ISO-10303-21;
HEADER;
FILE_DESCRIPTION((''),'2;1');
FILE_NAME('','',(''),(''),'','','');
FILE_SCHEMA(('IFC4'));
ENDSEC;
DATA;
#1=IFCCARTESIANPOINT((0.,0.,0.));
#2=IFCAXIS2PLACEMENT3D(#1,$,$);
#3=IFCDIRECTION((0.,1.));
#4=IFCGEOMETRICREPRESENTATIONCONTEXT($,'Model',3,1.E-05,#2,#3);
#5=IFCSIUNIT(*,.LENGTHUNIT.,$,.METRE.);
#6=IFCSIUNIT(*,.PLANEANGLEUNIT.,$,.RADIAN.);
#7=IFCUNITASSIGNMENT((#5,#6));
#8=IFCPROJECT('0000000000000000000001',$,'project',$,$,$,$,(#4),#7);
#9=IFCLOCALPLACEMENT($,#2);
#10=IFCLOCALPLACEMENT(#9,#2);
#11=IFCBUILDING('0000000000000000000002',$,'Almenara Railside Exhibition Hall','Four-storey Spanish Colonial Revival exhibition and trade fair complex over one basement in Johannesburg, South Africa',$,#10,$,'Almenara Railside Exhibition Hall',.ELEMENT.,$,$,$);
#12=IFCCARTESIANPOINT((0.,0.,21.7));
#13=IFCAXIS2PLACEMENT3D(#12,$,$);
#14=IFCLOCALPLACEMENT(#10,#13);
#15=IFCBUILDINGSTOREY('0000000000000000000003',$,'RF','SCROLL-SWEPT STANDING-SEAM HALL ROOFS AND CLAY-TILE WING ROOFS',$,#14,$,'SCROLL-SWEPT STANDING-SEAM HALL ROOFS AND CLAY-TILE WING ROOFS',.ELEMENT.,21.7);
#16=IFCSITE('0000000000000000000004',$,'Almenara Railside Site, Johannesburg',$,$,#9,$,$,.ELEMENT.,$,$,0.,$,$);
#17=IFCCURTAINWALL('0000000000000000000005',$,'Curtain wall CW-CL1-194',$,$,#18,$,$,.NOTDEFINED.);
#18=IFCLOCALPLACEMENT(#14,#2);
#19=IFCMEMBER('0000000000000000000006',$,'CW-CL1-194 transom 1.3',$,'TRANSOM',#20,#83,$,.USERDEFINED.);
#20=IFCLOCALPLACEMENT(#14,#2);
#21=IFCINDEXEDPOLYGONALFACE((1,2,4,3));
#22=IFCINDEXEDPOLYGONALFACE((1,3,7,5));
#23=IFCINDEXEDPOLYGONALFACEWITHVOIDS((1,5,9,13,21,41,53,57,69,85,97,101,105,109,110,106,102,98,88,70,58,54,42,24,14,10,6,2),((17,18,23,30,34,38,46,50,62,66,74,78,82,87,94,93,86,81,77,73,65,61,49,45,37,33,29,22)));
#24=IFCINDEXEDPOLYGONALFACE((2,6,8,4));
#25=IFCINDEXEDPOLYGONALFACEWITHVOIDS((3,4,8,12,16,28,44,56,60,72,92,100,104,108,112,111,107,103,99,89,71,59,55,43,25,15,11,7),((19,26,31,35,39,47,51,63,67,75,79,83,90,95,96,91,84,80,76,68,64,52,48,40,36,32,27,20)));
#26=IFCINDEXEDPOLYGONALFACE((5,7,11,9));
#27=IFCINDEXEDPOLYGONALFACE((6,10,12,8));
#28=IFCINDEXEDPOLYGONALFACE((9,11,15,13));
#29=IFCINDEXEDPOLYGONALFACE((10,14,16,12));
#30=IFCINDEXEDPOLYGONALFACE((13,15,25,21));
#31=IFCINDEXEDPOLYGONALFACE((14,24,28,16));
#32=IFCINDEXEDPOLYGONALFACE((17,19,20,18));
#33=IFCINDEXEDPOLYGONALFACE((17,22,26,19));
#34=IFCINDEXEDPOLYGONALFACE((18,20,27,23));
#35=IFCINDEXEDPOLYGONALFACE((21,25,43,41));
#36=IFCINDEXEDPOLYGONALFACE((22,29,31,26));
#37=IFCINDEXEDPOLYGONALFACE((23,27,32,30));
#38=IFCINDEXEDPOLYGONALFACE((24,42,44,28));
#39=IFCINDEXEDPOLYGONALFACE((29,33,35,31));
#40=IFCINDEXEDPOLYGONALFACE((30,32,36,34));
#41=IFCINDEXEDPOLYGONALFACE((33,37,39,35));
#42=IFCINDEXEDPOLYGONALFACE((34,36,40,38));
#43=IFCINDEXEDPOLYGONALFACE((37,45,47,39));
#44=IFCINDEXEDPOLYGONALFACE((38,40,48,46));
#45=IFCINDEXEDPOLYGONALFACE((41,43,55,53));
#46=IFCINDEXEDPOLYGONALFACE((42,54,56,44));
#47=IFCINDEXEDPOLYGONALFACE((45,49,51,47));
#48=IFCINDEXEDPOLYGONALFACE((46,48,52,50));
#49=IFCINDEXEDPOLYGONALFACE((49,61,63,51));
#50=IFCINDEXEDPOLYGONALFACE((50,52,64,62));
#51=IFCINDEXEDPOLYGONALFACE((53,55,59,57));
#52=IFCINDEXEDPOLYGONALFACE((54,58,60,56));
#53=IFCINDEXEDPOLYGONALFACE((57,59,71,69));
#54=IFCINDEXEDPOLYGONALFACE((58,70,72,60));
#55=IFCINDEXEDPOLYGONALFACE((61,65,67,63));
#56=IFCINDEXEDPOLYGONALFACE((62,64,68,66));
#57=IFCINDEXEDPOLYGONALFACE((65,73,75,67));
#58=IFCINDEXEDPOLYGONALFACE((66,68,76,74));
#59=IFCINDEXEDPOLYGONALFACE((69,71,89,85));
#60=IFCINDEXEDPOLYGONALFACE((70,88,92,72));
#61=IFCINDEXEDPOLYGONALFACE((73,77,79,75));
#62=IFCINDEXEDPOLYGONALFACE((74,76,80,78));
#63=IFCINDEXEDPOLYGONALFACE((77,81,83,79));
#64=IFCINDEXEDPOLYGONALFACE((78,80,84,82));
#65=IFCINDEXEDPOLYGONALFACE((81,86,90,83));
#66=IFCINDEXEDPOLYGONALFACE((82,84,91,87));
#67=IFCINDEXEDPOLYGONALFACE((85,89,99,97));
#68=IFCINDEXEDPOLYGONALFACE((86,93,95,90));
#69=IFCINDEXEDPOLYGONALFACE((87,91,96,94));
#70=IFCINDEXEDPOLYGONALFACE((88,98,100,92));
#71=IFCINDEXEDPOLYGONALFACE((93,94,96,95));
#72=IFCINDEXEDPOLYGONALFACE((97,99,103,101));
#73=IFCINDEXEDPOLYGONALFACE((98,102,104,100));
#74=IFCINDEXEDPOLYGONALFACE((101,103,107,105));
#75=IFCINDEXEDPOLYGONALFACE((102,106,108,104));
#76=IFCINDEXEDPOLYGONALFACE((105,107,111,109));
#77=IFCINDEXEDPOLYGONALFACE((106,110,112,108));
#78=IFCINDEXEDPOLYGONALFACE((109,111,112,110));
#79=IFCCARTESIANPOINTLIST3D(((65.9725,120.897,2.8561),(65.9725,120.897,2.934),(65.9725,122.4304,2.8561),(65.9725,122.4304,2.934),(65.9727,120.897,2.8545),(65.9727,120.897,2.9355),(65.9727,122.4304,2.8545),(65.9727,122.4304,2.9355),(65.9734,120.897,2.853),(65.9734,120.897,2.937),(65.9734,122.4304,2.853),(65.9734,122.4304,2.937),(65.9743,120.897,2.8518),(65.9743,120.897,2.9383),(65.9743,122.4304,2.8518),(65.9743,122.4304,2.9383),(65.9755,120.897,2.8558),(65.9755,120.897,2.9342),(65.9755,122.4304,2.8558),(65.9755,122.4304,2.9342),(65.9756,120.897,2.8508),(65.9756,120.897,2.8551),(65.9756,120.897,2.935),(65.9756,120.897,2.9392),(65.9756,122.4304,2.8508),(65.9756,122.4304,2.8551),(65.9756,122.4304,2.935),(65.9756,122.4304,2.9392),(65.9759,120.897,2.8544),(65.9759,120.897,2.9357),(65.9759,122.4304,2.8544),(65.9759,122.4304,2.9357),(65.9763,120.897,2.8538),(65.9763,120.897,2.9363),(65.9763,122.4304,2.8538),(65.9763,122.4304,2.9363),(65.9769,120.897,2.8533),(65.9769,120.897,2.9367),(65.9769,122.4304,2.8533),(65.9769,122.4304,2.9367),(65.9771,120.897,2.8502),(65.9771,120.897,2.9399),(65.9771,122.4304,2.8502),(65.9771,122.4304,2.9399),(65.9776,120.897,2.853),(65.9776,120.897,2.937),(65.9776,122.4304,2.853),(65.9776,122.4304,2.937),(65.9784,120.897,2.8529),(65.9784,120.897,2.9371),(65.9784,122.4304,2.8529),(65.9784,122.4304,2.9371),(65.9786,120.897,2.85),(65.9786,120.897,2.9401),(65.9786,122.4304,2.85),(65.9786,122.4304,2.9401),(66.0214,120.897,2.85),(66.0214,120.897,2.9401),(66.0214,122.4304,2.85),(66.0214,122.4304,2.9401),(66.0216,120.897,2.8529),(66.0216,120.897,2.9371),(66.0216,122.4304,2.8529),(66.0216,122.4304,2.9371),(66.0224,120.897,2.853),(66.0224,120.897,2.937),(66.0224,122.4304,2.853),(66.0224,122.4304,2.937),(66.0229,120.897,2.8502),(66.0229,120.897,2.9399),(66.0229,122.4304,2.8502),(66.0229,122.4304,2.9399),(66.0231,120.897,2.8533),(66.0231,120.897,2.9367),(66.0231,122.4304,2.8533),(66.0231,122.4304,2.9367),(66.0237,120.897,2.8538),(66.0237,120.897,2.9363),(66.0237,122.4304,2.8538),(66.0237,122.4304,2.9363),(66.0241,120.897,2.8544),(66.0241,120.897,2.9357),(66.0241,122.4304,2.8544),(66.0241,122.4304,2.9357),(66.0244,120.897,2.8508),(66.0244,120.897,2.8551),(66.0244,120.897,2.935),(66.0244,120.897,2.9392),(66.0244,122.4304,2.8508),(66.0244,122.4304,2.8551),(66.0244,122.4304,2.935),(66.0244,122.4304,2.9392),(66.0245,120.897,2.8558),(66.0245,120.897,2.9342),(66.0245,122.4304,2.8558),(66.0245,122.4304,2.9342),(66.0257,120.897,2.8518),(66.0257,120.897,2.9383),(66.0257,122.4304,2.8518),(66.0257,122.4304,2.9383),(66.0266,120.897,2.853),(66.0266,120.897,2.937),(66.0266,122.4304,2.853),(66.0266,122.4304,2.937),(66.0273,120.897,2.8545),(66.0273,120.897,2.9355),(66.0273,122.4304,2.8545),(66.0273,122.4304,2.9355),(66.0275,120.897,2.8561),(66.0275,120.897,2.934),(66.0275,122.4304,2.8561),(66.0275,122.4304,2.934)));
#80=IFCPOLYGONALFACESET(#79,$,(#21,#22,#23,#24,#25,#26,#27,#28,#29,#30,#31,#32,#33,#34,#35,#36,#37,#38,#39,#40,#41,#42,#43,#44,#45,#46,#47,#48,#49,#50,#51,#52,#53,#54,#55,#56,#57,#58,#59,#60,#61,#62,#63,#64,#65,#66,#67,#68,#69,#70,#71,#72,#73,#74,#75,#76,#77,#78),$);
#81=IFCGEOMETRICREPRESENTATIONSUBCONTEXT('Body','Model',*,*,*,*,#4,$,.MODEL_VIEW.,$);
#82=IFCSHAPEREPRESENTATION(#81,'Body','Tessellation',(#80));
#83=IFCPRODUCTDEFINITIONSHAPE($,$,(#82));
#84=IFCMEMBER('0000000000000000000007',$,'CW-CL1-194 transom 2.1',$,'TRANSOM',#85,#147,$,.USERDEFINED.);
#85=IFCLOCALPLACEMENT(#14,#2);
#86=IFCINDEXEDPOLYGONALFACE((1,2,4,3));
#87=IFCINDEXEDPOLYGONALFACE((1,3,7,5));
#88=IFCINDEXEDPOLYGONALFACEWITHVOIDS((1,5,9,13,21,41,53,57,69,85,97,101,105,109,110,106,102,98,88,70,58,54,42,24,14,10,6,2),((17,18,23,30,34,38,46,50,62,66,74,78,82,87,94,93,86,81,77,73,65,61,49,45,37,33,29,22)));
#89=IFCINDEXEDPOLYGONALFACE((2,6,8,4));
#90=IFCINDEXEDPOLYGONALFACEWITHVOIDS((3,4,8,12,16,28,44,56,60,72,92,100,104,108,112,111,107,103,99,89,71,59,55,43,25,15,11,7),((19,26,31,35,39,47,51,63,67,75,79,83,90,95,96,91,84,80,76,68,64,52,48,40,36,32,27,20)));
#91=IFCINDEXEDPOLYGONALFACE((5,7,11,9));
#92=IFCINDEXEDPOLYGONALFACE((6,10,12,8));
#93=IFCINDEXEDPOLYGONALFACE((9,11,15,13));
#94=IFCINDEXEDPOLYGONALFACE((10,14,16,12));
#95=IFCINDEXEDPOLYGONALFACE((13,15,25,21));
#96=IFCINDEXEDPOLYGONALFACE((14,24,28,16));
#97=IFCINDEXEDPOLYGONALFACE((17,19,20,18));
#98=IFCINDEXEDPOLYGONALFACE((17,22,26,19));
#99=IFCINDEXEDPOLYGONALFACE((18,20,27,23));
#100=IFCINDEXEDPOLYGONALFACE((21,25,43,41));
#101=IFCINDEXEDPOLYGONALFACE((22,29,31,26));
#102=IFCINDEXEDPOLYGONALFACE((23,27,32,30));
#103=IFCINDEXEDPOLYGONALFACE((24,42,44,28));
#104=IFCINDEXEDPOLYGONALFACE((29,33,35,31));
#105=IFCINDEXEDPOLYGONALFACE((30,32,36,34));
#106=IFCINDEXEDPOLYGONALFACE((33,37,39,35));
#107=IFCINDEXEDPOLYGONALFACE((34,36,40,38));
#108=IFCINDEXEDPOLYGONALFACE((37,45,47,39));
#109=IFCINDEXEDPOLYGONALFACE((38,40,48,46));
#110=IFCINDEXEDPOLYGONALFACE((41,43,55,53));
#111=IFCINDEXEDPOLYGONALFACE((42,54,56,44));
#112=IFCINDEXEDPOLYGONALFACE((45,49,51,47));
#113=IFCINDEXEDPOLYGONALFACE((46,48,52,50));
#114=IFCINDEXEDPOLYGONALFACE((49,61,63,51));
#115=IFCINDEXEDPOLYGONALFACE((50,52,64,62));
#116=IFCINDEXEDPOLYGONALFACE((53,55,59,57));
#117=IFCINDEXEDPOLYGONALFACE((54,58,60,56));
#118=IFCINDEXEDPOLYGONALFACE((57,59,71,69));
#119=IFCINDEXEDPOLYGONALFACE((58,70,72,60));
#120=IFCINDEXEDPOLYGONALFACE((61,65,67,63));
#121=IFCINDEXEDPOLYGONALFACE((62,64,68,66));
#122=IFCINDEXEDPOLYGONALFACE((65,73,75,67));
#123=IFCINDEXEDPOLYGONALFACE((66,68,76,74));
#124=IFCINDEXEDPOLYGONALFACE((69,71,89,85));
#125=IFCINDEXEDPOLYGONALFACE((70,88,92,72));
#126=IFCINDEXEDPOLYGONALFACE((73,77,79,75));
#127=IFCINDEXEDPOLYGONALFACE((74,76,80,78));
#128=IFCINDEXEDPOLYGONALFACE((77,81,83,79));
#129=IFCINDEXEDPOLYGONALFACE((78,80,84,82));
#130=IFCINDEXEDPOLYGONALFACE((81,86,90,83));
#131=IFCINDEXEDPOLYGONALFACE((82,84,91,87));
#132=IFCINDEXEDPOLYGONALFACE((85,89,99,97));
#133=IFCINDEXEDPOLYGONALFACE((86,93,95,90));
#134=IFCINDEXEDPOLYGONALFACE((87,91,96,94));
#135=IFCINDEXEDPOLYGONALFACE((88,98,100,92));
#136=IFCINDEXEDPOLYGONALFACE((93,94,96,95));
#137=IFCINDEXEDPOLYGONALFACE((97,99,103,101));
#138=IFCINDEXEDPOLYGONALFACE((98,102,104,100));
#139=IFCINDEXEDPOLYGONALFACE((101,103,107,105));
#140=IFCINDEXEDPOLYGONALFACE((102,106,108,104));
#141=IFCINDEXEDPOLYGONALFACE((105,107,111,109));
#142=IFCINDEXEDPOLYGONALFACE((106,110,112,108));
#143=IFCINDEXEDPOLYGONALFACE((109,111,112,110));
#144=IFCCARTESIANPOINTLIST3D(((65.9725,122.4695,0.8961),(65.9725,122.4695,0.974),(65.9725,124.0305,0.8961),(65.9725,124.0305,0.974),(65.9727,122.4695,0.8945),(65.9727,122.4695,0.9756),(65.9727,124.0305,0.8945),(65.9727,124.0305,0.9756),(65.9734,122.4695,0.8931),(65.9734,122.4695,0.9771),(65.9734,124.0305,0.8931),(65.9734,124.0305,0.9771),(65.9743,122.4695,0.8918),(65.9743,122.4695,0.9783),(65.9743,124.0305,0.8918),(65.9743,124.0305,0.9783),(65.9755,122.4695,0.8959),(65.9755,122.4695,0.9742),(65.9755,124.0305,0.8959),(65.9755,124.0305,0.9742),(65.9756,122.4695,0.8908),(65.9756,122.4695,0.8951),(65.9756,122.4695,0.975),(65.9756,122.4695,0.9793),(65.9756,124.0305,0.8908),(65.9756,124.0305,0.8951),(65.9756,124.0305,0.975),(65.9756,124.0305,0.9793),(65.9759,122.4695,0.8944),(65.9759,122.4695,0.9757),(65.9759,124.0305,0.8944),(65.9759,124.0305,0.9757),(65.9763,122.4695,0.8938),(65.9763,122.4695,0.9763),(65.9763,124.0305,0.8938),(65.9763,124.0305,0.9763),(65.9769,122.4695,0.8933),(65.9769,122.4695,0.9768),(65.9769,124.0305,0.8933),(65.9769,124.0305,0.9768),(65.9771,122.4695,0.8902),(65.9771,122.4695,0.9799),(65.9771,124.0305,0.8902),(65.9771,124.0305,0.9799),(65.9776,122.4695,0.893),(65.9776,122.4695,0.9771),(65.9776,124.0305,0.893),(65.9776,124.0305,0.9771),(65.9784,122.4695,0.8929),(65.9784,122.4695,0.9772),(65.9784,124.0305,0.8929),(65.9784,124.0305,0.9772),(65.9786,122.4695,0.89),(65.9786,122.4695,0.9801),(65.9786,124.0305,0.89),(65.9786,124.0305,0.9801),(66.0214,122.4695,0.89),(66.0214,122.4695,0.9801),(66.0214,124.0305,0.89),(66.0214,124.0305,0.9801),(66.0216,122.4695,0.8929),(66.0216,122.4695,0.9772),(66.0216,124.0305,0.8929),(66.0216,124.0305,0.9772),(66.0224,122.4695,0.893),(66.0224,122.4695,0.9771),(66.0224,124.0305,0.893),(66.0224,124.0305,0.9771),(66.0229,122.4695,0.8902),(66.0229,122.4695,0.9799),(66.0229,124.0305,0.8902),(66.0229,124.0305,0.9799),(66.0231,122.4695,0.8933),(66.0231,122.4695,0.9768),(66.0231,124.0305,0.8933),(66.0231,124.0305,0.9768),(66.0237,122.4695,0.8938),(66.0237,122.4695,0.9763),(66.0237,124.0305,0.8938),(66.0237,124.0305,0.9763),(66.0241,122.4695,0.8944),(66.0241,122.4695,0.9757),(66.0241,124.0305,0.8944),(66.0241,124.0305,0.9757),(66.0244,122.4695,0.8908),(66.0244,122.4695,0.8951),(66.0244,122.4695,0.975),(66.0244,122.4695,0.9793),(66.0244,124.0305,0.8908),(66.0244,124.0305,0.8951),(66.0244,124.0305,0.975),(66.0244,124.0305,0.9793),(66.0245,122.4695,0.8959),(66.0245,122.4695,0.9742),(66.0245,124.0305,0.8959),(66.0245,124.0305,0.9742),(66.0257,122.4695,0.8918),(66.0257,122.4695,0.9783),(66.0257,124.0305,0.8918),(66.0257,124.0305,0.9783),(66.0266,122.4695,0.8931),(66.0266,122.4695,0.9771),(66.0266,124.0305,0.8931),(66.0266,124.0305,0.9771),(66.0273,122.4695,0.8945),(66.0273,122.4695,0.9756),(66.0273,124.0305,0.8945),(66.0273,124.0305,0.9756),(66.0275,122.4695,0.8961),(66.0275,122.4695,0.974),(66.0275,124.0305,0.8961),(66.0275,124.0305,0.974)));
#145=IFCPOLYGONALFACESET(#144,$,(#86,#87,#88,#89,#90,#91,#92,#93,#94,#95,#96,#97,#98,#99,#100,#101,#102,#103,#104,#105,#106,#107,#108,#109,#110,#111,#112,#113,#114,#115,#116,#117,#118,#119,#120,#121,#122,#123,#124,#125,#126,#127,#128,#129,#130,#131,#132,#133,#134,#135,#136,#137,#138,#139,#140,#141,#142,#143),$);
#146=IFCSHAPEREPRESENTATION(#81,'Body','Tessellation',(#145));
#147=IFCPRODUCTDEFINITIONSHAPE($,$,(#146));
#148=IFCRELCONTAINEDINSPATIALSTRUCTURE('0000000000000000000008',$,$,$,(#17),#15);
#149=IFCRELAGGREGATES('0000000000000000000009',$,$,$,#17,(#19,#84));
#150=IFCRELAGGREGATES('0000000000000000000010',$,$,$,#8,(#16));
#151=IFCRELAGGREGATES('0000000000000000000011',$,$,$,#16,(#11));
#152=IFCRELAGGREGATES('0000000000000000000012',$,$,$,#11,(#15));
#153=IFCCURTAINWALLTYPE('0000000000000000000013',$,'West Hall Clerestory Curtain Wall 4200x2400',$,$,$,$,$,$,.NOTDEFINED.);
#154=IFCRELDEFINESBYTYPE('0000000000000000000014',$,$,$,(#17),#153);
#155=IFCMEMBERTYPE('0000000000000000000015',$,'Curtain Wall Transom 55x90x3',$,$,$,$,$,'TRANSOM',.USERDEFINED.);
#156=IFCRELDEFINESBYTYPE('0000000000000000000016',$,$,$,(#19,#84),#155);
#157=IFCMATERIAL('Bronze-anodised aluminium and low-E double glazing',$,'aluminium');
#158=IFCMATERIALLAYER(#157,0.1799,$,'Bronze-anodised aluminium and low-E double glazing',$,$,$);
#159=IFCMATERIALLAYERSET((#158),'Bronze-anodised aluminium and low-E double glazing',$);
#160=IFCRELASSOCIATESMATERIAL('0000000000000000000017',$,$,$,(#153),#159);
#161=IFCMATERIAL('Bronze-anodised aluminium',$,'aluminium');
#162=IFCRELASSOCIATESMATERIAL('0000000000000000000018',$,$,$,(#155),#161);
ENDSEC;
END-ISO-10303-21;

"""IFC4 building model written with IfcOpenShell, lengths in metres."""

from ifc_helpers import new_model, si_unit, direction, frame, origin, origin_2d, place, context, subcontext, project, spatial, hollow_rectangle, extrude, material, layer, layer_set, material_profile, profile_set, type_object, element, aggregate, save


model = new_model("IFC4")

# Units and contexts
model_context = context("Model", 3, precision=1e-05, world=origin(), true_north=direction((0.0, 1.0)))
body_context = subcontext(model_context, "Body", "Model", "MODEL_VIEW")
ifc_project = project(units=[si_unit("LENGTHUNIT", "METRE"), si_unit("PLANEANGLEUNIT", "RADIAN")], contexts=[model_context])

# Site, building, storey
site_placement = place(None, origin())
site = spatial("IfcSite", under=ifc_project, at=site_placement, Name="Almenara Railside Site, Johannesburg", CompositionType="ELEMENT", RefElevation=0.0)
building_placement = place(site_placement, origin())
building = spatial("IfcBuilding", under=site, at=building_placement, Name="Almenara Railside Exhibition Hall", Description="Four-storey Spanish Colonial Revival exhibition and trade fair complex over one basement in Johannesburg, South Africa", LongName="Almenara Railside Exhibition Hall", CompositionType="ELEMENT")
storey_placement = place(building_placement, frame((0.0, 0.0, 21.7)))
storey = spatial("IfcBuildingStorey", under=building, at=storey_placement, Name="RF", Description="SCROLL-SWEPT STANDING-SEAM HALL ROOFS AND CLAY-TILE WING ROOFS", LongName="SCROLL-SWEPT STANDING-SEAM HALL ROOFS AND CLAY-TILE WING ROOFS", CompositionType="ELEMENT", Elevation=21.7)

# Curtain wall
ifc_material_1 = material(Name="Bronze-anodised aluminium and low-E double glazing", Category="aluminium")
ifc_layer_1 = layer(ifc_material_1, 0.1799, Name="Bronze-anodised aluminium and low-E double glazing")
ifc_layer_set_1 = layer_set([ifc_layer_1], Name="Bronze-anodised aluminium and low-E double glazing")
curtain_wall_type = type_object("IfcCurtainWallType", Name="West Hall Clerestory Curtain Wall 4200x2400", PredefinedType="NOTDEFINED", material=ifc_layer_set_1)
curtain_wall_1_placement = place(storey_placement, origin())
curtain_wall_1 = element("IfcCurtainWall", 1, at=curtain_wall_1_placement, inside=storey, type_object=curtain_wall_type, Name="Curtain wall CW-CL1-194", PredefinedType="NOTDEFINED")
ifc_material_2 = material(Name="Bronze-anodised aluminium", Category="aluminium")

# Members
ifc_material_profile_1 = material_profile(ifc_material_2, hollow_rectangle(XDim=0.0549, YDim=0.0901, WallThickness=0.0029, InnerFilletRadius=0.0029, OuterFilletRadius=0.0061, at=origin_2d()), Name="ALU-TRN 55x90x3")
ifc_profile_set_1 = profile_set([ifc_material_profile_1], Name="Bronze-anodised aluminium")
member_type_1 = type_object("IfcMemberType", Name="Curtain Wall Transom 55x90x3", ElementType="TRANSOM", PredefinedType="USERDEFINED", material=ifc_profile_set_1)
member_1_placement = place(storey_placement, frame((66.0, 120.897, 2.895), z_axis=(0.0, 1.0, 0.0), x_axis=(-1.0, 0.0, 0.0)))
member_1 = element("IfcMember", 2, at=member_1_placement, type_object=member_type_1, Name="CW-CL1-194 transom 1.3", ObjectType="TRANSOM", PredefinedType="USERDEFINED", context=body_context, shape_type="SweptSolid", body=[
    extrude(hollow_rectangle(XDim=0.0549, YDim=0.0901, WallThickness=0.0029, InnerFilletRadius=0.0029, OuterFilletRadius=0.0061, at=origin_2d()), origin(), (0.0, 0.0, 1.0), 1.5334),
])
member_2_placement = place(storey_placement, frame((66.0, 122.4695, 0.9351), z_axis=(0.0, 1.0, 0.0), x_axis=(-1.0, 0.0, 0.0)))
member_2 = element("IfcMember", 3, at=member_2_placement, type_object=member_type_1, Name="CW-CL1-194 transom 2.1", ObjectType="TRANSOM", PredefinedType="USERDEFINED", context=body_context, shape_type="SweptSolid", body=[
    extrude(hollow_rectangle(XDim=0.0549, YDim=0.0901, WallThickness=0.0029, InnerFilletRadius=0.0029, OuterFilletRadius=0.0061, at=origin_2d()), origin(), (0.0, 0.0, 1.0), 1.561),
])

aggregate(curtain_wall_1, [member_1, member_2])

save(model, "model.ifc")
